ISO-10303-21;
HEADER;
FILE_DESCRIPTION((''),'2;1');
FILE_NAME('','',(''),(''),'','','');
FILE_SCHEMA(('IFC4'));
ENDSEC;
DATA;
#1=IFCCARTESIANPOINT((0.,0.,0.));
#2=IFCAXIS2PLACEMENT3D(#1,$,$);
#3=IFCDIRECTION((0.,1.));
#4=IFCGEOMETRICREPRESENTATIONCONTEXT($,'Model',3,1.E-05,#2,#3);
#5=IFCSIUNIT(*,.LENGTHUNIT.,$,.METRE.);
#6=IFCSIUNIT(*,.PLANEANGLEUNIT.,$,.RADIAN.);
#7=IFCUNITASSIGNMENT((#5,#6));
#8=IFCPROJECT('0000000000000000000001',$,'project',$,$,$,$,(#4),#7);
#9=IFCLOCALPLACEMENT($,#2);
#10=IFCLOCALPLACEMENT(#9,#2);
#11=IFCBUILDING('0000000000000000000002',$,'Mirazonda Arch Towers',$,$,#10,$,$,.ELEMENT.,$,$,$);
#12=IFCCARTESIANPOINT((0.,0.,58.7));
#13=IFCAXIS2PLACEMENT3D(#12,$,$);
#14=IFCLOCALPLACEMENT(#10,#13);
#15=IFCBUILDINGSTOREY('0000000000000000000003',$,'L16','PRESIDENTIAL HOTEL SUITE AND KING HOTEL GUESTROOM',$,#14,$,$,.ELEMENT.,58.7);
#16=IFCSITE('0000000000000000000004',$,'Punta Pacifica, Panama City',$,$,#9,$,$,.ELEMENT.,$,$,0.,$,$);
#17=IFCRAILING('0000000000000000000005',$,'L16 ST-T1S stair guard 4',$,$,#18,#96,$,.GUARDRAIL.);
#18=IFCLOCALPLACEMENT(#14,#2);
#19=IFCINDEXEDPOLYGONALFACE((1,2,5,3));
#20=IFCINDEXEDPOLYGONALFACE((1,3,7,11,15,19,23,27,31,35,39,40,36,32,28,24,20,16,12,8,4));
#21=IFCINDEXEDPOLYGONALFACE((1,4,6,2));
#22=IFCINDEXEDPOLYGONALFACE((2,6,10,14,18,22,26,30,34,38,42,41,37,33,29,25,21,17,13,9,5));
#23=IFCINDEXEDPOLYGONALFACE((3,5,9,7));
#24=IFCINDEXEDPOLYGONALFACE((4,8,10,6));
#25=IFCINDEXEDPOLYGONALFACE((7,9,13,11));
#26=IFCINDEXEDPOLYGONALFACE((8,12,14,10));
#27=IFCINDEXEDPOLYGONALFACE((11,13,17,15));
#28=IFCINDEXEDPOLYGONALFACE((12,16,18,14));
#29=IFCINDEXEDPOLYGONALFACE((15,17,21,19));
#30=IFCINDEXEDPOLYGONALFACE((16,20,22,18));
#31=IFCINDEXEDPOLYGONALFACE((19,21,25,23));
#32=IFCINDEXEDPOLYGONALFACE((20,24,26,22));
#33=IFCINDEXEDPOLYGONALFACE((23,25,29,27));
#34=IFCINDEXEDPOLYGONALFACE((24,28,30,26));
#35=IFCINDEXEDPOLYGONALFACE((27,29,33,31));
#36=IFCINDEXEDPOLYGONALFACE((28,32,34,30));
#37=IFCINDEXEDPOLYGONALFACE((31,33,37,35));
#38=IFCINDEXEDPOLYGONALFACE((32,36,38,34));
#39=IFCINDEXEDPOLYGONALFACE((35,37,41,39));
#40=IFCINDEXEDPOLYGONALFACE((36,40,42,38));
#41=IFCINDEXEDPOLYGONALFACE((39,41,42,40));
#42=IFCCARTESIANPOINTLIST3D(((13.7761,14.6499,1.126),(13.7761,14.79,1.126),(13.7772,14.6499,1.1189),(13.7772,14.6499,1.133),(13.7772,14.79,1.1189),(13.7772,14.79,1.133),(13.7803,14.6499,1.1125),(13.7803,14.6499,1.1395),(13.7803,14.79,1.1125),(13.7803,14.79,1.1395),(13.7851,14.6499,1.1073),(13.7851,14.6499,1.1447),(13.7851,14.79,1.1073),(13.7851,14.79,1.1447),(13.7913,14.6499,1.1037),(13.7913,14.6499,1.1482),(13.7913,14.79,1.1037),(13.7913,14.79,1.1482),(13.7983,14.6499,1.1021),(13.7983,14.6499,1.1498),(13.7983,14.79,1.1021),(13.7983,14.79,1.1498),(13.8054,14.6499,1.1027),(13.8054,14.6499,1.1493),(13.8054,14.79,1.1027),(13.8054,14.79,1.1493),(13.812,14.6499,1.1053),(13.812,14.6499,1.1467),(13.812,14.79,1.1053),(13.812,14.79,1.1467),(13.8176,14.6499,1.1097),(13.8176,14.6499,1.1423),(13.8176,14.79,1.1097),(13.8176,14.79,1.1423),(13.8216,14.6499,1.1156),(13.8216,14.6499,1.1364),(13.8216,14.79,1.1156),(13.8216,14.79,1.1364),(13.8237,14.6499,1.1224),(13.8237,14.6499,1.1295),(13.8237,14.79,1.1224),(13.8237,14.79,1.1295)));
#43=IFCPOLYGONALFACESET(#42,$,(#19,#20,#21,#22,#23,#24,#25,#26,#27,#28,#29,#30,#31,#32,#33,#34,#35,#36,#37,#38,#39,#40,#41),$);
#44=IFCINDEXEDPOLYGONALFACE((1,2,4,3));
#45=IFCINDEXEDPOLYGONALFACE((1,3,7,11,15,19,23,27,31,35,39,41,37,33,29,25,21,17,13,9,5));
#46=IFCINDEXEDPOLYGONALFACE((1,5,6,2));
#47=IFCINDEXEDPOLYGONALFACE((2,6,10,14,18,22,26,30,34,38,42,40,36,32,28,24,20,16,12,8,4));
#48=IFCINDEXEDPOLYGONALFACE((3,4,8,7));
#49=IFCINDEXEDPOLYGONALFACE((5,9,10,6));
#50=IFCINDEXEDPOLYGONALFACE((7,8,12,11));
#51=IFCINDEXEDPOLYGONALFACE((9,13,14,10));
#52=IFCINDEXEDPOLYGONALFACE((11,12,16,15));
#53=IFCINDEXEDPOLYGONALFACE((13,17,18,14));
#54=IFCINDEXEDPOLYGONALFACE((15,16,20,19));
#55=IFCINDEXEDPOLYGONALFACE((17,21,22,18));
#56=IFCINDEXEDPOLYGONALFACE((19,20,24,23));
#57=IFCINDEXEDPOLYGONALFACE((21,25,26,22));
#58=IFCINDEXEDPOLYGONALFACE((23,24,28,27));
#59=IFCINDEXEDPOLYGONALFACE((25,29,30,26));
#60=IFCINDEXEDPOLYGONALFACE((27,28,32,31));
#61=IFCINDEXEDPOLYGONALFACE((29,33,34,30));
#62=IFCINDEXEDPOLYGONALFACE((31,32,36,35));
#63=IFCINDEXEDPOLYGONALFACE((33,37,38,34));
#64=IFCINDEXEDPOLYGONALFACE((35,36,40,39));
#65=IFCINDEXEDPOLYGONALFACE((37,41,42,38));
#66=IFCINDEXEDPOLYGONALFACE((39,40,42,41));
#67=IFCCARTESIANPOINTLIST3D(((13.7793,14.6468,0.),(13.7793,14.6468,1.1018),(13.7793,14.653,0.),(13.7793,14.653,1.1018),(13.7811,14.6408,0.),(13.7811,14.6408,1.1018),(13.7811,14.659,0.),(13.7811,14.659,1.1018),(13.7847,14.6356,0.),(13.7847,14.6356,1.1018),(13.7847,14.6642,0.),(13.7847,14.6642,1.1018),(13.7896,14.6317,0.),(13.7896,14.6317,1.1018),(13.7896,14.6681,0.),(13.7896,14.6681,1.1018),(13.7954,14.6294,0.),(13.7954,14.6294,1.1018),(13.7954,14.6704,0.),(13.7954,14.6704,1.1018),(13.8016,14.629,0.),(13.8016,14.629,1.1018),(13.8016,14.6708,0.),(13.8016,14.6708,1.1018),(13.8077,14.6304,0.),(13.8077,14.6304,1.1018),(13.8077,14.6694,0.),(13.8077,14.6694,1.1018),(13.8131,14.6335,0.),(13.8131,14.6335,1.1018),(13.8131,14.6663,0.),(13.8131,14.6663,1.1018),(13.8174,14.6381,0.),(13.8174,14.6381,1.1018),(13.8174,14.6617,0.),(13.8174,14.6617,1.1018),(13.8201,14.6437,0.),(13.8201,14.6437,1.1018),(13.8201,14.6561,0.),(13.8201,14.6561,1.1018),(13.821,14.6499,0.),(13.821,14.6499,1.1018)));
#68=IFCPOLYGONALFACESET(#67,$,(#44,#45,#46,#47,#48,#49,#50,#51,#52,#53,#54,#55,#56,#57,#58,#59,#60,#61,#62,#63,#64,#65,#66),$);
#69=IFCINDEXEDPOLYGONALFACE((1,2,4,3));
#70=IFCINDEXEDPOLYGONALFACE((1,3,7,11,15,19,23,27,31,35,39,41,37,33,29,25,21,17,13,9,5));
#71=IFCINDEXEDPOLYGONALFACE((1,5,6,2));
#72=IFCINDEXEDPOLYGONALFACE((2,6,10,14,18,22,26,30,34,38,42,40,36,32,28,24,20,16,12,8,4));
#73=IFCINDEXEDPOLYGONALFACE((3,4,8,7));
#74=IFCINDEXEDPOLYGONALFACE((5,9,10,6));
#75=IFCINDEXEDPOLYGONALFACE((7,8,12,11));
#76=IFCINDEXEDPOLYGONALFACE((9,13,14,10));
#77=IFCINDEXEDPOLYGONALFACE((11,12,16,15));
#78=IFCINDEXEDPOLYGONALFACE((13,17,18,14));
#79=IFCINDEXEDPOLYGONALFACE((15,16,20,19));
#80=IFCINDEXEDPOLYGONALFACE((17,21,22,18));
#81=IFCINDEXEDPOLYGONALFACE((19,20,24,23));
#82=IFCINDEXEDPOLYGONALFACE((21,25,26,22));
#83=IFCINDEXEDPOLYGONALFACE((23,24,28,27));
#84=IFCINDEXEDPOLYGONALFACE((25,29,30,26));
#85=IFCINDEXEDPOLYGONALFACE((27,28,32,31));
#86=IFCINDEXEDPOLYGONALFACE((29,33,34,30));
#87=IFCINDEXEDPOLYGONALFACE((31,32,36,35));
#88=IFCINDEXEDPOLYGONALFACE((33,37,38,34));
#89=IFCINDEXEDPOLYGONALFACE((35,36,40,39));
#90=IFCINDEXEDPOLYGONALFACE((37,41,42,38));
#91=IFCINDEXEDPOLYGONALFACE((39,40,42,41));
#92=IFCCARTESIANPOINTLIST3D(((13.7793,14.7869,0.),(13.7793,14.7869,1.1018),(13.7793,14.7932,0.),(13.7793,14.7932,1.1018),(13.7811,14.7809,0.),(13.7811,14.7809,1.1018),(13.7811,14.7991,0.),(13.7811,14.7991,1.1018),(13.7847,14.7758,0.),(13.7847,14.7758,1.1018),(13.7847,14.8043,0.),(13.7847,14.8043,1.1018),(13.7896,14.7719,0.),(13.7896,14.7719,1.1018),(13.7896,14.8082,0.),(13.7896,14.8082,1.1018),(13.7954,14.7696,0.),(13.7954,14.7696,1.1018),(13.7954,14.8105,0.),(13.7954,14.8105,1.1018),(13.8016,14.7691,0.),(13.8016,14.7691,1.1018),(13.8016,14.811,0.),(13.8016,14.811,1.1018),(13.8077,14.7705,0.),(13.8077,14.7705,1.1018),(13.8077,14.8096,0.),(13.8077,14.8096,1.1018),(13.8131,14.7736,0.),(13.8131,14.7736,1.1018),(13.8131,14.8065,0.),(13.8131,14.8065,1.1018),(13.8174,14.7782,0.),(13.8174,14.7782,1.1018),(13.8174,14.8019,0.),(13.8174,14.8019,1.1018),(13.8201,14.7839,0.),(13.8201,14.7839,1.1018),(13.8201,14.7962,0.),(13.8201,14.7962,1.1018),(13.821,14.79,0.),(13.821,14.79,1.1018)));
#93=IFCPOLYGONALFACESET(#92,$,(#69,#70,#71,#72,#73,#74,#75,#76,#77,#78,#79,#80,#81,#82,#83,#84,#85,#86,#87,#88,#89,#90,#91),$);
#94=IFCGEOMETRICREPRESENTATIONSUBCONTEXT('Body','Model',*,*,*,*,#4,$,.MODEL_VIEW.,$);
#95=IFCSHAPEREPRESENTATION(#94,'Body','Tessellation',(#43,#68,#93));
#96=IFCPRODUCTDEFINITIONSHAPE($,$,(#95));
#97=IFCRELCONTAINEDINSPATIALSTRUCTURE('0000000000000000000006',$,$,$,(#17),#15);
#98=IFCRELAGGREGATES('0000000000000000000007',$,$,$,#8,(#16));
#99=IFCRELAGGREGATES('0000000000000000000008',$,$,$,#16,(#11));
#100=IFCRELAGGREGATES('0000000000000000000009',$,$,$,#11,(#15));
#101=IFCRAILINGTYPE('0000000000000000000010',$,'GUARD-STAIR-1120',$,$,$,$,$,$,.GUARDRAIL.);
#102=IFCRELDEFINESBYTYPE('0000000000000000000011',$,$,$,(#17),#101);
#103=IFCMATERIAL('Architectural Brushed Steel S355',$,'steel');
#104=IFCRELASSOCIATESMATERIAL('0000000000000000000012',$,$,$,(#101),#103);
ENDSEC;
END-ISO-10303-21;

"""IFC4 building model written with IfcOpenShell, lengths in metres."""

from ifc_helpers import new_model, si_unit, direction, frame, origin, origin_2d, place, context, subcontext, project, spatial, circle, extrude, material, type_object, element, save


model = new_model("IFC4")

# Units and contexts
model_context = context("Model", 3, precision=1e-05, world=origin(), true_north=direction((0.0, 1.0)))
body_context = subcontext(model_context, "Body", "Model", "MODEL_VIEW")
ifc_project = project(units=[si_unit("LENGTHUNIT", "METRE"), si_unit("PLANEANGLEUNIT", "RADIAN")], contexts=[model_context])

# Site, building, storey
site_placement = place(None, origin())
site = spatial("IfcSite", under=ifc_project, at=site_placement, Name="Punta Pacifica, Panama City", CompositionType="ELEMENT", RefElevation=0.0)
building_placement = place(site_placement, origin())
building = spatial("IfcBuilding", under=site, at=building_placement, Name="Mirazonda Arch Towers", CompositionType="ELEMENT")
storey_placement = place(building_placement, frame((0.0, 0.0, 58.7)))
storey = spatial("IfcBuildingStorey", under=building, at=storey_placement, Name="L16", Description="PRESIDENTIAL HOTEL SUITE AND KING HOTEL GUESTROOM", CompositionType="ELEMENT", Elevation=58.7)

# Shared definitions
ifc_material_1 = material(Name="Architectural Brushed Steel S355", Category="steel")

# Railing
railing_type = type_object("IfcRailingType", Name="GUARD-STAIR-1120", PredefinedType="GUARDRAIL", material=ifc_material_1)
railing_1_placement = place(storey_placement, frame((13.8, 14.6499, 0.0)))
element("IfcRailing", 1, at=railing_1_placement, inside=storey, type_object=railing_type, Name="L16 ST-T1S stair guard 4", PredefinedType="GUARDRAIL", context=body_context, shape_type="SweptSolid", body=[
    extrude(circle(Radius=0.0239, at=origin_2d()), frame((0.0, 0.0, 1.126), z_axis=(0.0, 1.0, 0.0), x_axis=(-1.0, 0.0, 0.0)), (0.0, 0.0, 1.0), 0.1401),
    extrude(circle(Radius=0.021, at=origin_2d()), origin(), (0.0, 0.0, 1.0), 1.1018),
    extrude(circle(Radius=0.021, at=origin_2d()), frame((0.0, 0.1401, 0.0)), (0.0, 0.0, 1.0), 1.1018),
])

save(model, "model.ifc")
